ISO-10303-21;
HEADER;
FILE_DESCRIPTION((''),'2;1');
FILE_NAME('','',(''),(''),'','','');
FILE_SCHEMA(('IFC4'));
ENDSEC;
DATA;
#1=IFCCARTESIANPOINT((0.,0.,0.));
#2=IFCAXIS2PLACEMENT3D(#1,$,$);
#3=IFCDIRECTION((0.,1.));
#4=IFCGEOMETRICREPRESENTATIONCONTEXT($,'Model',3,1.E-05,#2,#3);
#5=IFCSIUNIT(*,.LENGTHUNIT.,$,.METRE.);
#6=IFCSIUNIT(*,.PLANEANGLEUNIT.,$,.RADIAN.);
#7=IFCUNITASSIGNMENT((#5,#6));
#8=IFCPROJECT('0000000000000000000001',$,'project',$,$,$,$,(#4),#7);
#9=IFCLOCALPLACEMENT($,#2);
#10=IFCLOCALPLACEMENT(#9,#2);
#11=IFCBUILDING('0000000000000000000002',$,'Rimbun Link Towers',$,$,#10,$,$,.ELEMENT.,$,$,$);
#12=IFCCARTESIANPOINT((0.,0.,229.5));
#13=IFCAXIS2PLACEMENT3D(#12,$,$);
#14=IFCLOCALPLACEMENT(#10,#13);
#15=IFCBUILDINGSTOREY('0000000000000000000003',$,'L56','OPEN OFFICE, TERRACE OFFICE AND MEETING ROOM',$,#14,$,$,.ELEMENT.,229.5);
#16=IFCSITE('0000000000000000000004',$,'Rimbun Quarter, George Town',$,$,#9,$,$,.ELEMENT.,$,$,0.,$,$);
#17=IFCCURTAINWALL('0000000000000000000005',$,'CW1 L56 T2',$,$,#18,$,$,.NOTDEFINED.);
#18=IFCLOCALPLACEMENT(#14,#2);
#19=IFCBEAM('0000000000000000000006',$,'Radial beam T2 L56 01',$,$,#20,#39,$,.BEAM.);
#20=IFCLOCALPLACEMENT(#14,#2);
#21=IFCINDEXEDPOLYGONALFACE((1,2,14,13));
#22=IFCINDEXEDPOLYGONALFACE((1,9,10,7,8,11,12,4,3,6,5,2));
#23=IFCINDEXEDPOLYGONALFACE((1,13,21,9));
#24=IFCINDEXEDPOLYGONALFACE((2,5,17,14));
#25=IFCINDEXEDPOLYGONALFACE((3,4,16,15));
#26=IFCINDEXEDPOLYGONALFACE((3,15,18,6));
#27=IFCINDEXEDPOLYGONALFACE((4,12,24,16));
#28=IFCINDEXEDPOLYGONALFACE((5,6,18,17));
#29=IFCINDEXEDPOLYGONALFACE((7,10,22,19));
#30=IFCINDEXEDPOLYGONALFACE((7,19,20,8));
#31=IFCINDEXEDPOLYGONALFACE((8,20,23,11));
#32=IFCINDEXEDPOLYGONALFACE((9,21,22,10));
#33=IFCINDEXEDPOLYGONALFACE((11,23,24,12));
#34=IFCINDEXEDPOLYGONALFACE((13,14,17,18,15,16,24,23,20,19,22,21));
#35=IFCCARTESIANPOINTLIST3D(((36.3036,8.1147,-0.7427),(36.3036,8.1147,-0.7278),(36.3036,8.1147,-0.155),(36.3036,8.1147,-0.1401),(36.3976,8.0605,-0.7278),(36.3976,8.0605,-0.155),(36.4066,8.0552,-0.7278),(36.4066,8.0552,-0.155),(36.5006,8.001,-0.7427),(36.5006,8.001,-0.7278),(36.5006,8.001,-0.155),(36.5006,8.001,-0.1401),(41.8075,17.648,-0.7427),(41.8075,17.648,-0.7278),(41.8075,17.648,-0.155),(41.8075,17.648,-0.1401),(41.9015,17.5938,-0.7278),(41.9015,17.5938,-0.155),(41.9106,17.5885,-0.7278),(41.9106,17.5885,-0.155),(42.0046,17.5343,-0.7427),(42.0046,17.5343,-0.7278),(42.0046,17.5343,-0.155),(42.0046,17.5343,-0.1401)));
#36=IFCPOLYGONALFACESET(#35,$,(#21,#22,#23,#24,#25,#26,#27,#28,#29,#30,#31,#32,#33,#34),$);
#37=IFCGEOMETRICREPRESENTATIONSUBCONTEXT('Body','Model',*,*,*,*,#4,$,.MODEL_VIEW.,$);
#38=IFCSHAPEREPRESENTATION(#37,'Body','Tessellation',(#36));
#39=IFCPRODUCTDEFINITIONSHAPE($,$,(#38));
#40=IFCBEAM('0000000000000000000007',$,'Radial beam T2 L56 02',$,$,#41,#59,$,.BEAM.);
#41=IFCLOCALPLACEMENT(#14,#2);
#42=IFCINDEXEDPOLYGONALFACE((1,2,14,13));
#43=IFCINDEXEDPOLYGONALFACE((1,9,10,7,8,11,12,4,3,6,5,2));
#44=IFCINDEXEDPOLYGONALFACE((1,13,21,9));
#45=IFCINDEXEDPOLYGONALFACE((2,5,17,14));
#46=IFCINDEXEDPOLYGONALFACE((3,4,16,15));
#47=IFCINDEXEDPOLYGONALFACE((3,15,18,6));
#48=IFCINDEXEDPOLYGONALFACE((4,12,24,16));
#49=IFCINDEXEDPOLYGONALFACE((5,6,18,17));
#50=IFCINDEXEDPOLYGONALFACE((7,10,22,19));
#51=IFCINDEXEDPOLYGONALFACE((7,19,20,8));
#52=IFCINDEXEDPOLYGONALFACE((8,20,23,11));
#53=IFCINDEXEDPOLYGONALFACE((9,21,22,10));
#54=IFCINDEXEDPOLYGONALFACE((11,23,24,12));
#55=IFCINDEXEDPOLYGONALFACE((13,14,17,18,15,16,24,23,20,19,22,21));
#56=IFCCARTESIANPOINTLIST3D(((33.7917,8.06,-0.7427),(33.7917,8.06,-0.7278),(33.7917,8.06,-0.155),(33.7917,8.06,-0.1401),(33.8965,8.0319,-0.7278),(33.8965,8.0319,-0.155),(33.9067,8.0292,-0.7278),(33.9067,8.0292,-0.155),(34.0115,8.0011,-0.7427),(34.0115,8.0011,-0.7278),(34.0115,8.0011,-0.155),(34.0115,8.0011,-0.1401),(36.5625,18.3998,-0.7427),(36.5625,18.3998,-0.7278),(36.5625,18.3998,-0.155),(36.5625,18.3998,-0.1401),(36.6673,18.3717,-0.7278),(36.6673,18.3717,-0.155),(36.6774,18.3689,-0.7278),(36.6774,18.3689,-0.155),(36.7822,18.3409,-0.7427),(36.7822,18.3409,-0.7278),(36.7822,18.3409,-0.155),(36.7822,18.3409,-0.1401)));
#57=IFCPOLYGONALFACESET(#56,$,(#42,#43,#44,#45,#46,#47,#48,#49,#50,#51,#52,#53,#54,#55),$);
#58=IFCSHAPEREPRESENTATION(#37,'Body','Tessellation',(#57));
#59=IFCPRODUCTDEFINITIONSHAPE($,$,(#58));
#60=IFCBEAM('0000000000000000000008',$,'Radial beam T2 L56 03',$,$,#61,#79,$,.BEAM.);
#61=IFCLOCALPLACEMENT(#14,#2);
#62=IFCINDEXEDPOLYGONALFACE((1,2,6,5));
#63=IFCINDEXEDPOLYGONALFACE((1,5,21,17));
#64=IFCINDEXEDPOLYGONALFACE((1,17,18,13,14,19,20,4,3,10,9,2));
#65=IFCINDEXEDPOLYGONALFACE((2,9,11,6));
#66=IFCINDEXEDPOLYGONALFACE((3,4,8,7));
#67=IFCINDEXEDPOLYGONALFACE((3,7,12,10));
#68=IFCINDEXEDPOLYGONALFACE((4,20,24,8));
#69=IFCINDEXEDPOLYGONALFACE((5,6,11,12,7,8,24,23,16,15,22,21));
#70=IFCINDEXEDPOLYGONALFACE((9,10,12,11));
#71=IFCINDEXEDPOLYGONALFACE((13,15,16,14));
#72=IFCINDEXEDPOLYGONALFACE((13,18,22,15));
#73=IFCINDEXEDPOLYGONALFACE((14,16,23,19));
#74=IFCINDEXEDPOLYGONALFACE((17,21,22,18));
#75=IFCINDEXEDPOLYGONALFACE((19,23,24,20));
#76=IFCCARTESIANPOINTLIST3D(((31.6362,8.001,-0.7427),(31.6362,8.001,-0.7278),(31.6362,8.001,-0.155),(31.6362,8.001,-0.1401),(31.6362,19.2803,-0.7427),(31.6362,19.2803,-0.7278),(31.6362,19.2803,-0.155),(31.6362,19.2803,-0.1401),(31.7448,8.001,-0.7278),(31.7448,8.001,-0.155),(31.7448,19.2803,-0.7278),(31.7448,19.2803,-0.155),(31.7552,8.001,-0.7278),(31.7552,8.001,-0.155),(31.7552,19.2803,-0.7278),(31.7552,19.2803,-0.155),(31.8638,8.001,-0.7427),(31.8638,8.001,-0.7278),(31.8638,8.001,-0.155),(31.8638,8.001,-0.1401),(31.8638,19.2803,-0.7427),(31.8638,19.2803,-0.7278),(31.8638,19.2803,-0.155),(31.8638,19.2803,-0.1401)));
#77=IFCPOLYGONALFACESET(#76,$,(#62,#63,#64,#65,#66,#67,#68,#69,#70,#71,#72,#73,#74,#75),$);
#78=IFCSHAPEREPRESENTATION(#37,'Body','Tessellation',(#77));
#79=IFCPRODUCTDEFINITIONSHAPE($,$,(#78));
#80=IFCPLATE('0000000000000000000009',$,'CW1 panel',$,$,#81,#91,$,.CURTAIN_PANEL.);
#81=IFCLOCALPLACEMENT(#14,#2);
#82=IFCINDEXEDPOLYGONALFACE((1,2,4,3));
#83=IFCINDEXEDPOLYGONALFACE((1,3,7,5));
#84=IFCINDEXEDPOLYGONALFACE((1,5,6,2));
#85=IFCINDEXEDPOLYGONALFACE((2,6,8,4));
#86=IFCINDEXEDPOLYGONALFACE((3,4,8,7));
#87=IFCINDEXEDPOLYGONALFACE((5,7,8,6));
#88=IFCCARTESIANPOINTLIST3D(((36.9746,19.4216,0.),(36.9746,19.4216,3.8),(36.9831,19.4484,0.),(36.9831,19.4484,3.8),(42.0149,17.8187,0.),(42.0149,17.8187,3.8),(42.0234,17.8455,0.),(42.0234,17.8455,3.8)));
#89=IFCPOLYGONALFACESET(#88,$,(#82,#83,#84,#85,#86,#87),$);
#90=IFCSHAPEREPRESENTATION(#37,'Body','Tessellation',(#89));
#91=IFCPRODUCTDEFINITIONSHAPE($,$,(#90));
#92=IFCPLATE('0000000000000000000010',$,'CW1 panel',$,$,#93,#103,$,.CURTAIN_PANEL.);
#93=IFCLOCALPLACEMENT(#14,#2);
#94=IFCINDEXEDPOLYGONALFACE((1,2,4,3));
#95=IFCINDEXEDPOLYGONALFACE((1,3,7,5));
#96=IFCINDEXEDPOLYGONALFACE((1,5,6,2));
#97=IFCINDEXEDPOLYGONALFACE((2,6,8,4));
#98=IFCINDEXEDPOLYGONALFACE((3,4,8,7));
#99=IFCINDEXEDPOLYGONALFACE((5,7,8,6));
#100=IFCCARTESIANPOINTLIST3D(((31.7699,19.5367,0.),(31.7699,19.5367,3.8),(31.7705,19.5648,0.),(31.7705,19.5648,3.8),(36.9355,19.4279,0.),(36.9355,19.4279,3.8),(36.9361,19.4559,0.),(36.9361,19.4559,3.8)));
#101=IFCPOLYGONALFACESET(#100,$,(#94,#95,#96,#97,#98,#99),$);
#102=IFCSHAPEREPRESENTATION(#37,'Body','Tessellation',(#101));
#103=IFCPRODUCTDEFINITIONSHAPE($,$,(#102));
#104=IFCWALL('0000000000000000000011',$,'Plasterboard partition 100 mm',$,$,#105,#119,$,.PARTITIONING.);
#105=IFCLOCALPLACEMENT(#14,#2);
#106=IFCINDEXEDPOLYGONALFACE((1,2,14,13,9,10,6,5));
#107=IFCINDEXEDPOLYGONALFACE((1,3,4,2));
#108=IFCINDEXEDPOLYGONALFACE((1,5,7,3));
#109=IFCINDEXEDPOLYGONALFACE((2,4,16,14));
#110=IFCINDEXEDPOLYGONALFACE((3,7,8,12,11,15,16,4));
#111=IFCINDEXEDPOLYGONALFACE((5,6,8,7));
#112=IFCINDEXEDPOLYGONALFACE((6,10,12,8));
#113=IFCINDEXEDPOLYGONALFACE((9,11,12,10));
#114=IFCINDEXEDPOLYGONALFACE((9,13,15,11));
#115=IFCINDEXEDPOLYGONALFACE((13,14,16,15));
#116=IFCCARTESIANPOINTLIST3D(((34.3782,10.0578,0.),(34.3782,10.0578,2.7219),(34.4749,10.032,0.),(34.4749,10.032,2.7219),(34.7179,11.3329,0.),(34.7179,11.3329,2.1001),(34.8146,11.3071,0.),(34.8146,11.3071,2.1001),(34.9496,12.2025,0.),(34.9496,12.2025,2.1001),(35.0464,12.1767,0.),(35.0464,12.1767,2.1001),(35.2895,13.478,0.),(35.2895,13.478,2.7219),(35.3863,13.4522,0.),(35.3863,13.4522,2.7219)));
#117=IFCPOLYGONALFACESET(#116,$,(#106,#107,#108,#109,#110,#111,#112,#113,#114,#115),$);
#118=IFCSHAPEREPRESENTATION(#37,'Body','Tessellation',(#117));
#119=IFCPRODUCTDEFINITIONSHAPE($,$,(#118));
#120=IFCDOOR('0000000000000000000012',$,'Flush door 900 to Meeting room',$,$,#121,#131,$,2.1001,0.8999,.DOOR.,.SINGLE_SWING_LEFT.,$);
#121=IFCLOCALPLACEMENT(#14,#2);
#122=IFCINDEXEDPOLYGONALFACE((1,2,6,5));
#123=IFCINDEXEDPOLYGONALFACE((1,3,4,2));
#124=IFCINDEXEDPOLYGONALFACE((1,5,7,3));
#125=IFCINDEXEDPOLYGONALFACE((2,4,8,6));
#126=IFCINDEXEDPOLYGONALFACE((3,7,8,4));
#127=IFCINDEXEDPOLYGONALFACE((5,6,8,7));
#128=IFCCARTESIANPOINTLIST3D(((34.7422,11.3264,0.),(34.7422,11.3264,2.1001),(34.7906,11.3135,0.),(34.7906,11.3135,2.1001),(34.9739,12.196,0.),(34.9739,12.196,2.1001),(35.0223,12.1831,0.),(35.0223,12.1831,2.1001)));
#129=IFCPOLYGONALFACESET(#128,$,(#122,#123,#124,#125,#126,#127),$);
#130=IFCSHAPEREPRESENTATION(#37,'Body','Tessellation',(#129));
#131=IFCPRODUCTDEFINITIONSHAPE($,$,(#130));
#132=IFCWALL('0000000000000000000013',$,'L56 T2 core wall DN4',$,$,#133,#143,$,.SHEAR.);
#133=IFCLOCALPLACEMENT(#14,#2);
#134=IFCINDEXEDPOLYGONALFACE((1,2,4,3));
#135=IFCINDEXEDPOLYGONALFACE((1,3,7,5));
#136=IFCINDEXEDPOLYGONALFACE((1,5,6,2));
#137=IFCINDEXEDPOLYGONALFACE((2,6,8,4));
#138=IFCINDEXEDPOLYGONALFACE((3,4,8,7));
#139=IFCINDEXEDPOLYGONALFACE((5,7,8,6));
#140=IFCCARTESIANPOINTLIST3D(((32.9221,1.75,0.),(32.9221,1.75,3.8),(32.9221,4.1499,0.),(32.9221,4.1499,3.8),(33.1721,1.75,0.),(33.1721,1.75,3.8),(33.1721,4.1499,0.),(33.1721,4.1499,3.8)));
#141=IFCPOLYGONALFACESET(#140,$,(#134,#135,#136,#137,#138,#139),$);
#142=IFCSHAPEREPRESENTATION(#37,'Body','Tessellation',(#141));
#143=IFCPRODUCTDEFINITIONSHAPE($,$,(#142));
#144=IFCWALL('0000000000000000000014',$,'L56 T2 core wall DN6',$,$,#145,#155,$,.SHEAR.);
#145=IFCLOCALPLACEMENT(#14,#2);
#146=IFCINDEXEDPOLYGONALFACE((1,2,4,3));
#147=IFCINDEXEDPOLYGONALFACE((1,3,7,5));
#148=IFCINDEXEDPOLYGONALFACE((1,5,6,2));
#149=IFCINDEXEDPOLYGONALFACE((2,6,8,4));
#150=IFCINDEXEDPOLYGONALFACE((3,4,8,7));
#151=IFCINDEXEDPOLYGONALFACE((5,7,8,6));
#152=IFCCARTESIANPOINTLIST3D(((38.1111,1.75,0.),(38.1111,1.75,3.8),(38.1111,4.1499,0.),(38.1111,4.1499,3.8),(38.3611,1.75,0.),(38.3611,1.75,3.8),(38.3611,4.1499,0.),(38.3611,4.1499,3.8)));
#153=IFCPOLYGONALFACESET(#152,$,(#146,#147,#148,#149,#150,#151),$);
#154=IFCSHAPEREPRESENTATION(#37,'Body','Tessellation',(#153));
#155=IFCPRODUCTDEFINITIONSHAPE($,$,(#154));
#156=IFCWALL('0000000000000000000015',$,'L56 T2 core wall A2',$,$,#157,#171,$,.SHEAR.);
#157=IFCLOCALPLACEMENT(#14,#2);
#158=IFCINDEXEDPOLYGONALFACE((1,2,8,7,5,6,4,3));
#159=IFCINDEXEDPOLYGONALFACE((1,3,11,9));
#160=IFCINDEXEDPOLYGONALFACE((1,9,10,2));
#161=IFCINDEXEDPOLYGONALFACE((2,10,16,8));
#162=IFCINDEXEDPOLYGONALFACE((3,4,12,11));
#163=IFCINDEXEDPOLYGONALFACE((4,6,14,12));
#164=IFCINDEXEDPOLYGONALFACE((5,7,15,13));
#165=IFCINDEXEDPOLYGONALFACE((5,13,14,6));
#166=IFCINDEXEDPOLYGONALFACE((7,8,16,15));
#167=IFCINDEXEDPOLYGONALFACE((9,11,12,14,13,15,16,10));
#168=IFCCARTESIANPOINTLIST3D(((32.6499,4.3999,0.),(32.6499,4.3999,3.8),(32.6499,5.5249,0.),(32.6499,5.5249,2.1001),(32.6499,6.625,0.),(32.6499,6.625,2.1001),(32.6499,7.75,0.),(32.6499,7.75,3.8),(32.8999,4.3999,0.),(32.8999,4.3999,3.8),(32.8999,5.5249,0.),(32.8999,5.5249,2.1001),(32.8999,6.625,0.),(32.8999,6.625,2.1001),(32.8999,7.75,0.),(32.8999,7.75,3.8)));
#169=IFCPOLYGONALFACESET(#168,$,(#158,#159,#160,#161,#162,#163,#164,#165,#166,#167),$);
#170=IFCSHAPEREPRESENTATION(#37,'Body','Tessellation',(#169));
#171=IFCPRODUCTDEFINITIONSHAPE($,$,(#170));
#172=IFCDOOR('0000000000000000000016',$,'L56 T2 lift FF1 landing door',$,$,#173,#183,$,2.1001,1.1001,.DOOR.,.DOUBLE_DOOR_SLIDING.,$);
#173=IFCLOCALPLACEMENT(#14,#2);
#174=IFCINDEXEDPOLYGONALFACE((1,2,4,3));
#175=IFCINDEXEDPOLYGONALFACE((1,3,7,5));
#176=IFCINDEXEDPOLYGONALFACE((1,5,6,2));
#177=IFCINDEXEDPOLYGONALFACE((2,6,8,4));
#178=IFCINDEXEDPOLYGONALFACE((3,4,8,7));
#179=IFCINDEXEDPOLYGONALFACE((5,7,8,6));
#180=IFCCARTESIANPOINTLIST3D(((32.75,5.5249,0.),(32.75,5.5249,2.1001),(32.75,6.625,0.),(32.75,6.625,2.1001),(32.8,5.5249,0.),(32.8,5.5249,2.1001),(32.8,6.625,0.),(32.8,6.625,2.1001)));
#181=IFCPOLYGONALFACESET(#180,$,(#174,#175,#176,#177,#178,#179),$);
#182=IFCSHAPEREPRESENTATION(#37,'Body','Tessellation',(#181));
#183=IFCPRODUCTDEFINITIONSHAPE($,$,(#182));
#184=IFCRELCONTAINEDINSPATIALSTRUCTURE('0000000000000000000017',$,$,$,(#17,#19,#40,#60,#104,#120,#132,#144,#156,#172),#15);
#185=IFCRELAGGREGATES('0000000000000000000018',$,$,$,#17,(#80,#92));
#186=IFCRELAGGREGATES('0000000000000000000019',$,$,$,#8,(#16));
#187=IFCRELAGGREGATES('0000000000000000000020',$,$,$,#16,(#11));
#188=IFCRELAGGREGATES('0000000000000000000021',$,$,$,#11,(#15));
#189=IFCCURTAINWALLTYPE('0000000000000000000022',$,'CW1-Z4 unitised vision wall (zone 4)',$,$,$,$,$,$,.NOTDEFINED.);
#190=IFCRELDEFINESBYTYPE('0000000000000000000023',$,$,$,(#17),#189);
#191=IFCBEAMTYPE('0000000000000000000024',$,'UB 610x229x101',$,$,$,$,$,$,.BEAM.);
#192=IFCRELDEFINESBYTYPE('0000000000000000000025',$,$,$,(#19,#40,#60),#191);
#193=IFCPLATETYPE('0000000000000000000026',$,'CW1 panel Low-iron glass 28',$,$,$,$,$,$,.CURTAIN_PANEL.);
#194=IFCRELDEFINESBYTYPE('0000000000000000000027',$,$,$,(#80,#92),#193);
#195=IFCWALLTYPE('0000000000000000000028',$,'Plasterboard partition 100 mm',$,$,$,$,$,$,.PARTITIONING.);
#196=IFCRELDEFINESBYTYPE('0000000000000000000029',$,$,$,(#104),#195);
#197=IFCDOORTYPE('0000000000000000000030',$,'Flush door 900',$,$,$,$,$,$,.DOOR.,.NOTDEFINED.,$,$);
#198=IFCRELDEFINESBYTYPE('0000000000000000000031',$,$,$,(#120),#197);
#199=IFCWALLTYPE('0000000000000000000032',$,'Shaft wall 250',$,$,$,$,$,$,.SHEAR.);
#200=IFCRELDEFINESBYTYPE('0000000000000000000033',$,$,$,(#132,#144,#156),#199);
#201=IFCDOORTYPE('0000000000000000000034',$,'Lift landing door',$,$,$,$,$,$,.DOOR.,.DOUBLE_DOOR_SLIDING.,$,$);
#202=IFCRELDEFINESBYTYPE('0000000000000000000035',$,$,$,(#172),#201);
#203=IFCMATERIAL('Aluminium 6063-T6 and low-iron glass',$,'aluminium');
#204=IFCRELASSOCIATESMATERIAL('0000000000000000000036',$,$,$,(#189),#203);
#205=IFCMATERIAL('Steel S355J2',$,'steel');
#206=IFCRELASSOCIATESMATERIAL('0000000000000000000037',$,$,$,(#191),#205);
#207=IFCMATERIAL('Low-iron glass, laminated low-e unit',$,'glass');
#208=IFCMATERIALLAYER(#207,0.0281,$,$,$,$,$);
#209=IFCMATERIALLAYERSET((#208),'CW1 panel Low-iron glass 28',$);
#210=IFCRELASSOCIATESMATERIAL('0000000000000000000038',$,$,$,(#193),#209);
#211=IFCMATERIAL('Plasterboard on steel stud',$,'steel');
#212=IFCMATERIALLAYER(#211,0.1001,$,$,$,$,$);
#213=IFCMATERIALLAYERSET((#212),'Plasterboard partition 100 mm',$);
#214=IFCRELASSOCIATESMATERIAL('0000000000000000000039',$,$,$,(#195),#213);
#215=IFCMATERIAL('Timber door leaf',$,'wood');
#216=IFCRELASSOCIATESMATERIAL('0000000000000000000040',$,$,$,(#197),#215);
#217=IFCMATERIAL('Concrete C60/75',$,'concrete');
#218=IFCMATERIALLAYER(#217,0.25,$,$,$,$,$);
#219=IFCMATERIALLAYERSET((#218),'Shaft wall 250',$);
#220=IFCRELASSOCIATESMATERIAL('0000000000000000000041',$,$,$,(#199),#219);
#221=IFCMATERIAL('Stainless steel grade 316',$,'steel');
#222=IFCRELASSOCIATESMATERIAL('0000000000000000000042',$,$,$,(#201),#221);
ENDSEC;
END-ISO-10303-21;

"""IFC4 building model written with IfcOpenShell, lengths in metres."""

from ifc_helpers import new_model, si_unit, direction, frame, frame_2d, origin, origin_2d, place, context, subcontext, project, spatial, rectangle, i_section, extrude, material, layer, layer_set, material_profile, profile_set, type_object, element, fill, aggregate, save


model = new_model("IFC4")

# Units and contexts
model_context = context("Model", 3, precision=1e-05, world=origin(), true_north=direction((0.0, 1.0)))
body_context = subcontext(model_context, "Body", "Model", "MODEL_VIEW")
ifc_project = project(units=[si_unit("LENGTHUNIT", "METRE"), si_unit("PLANEANGLEUNIT", "RADIAN")], contexts=[model_context])

# Site, building, storey
site_placement = place(None, origin())
site = spatial("IfcSite", under=ifc_project, at=site_placement, Name="Rimbun Quarter, George Town", CompositionType="ELEMENT", RefElevation=0.0)
building_placement = place(site_placement, origin())
building = spatial("IfcBuilding", under=site, at=building_placement, Name="Rimbun Link Towers", CompositionType="ELEMENT")
storey_placement = place(building_placement, frame((0.0, 0.0, 229.5)))
storey = spatial("IfcBuildingStorey", under=building, at=storey_placement, Name="L56", Description="OPEN OFFICE, TERRACE OFFICE AND MEETING ROOM", CompositionType="ELEMENT", Elevation=229.5)

# Curtain wall
ifc_material_1 = material(Name="Aluminium 6063-T6 and low-iron glass", Category="aluminium")
curtain_wall_type = type_object("IfcCurtainWallType", Name="CW1-Z4 unitised vision wall (zone 4)", PredefinedType="NOTDEFINED", material=ifc_material_1)
curtain_wall_placement = place(storey_placement, origin())
curtain_wall = element("IfcCurtainWall", 1, at=curtain_wall_placement, inside=storey, type_object=curtain_wall_type, Name="CW1 L56 T2", PredefinedType="NOTDEFINED")

# Beams
ifc_material_2 = material(Name="Steel S355J2", Category="steel")
ifc_material_profile_1 = material_profile(ifc_material_2, i_section(OverallWidth=0.2275, OverallDepth=0.6025, WebThickness=0.0105, FlangeThickness=0.0149, at=origin_2d()), Name="UB 610x229x101")
ifc_profile_set_1 = profile_set([ifc_material_profile_1], Name="Steel S355J2")
beam_type_1 = type_object("IfcBeamType", Name="UB 610x229x101", PredefinedType="BEAM", material=ifc_profile_set_1)
beam_1_placement = place(storey_placement, frame((36.4021, 8.0579, -0.4414), z_axis=(0.499994, 0.866029, 0.0), x_axis=(-0.866029, 0.499994, 0.0)))
element("IfcBeam", 2, at=beam_1_placement, inside=storey, type_object=beam_type_1, Name="Radial beam T2 L56 01", PredefinedType="BEAM", context=body_context, shape_type="SweptSolid", body=[
    extrude(i_section(OverallWidth=0.2275, OverallDepth=0.6025, WebThickness=0.0105, FlangeThickness=0.0149, at=origin_2d()), origin(), (0.0, 0.0, 1.0), 11.0081),
])
beam_2_placement = place(storey_placement, frame((33.9016, 8.0305, -0.4414), z_axis=(0.258836, 0.965921, 0.0), x_axis=(-0.965921, 0.258836, 0.0)))
element("IfcBeam", 3, at=beam_2_placement, inside=storey, type_object=beam_type_1, Name="Radial beam T2 L56 02", PredefinedType="BEAM", context=body_context, shape_type="SweptSolid", body=[
    extrude(i_section(OverallWidth=0.2275, OverallDepth=0.6025, WebThickness=0.0105, FlangeThickness=0.0149, at=origin_2d()), origin(), (0.0, 0.0, 1.0), 10.7046),
])
beam_3_placement = place(storey_placement, frame((31.75, 8.001, -0.4414), z_axis=(0.0, 1.0, 0.0), x_axis=(-1.0, 0.0, 0.0)))
element("IfcBeam", 4, at=beam_3_placement, inside=storey, type_object=beam_type_1, Name="Radial beam T2 L56 03", PredefinedType="BEAM", context=body_context, shape_type="SweptSolid", body=[
    extrude(i_section(OverallWidth=0.2275, OverallDepth=0.6025, WebThickness=0.0105, FlangeThickness=0.0149, at=origin_2d()), origin(), (0.0, 0.0, 1.0), 11.2793),
])

# Plates
ifc_material_3 = material(Name="Low-iron glass, laminated low-e unit", Category="glass")
ifc_layer_1 = layer(ifc_material_3, 0.0281)
ifc_layer_set_1 = layer_set([ifc_layer_1], Name="CW1 panel Low-iron glass 28")
plate_type = type_object("IfcPlateType", Name="CW1 panel Low-iron glass 28", PredefinedType="CURTAIN_PANEL", material=ifc_layer_set_1)
plate_1_placement = place(storey_placement, frame((39.499, 18.6335, 0.0), z_axis=(0.0, 0.0, 1.0), x_axis=(0.952974, -0.303053, 0.0)))
plate_1 = element("IfcPlate", 5, at=plate_1_placement, type_object=plate_type, Name="CW1 panel", PredefinedType="CURTAIN_PANEL", context=body_context, shape_type="SweptSolid", body=[
    extrude(rectangle(XDim=5.2891, YDim=0.0281, at=origin_2d()), origin(), (0.0, 0.0, 1.0), 3.8),
])
plate_2_placement = place(storey_placement, frame((34.353, 19.4963, 0.0), z_axis=(0.0, 0.0, 1.0), x_axis=(0.999778, -0.021069, 0.0)))
plate_2 = element("IfcPlate", 6, at=plate_2_placement, type_object=plate_type, Name="CW1 panel", PredefinedType="CURTAIN_PANEL", context=body_context, shape_type="SweptSolid", body=[
    extrude(rectangle(XDim=5.1667, YDim=0.0281, at=origin_2d()), origin(), (0.0, 0.0, 1.0), 3.8),
])
aggregate(curtain_wall, [plate_1, plate_2])

# Wall, opening, door
ifc_material_4 = material(Name="Plasterboard on steel stud", Category="steel")
ifc_layer_2 = layer(ifc_material_4, 0.1001)
ifc_layer_set_2 = layer_set([ifc_layer_2], Name="Plasterboard partition 100 mm")
wall_type_1 = type_object("IfcWallType", Name="Plasterboard partition 100 mm", PredefinedType="PARTITIONING", material=ifc_layer_set_2)
wall_1_placement = place(storey_placement, frame((34.4265, 10.0449, 0.0), z_axis=(0.0, 0.0, 1.0), x_axis=(0.257487, 0.966282, 0.0)))
wall_1 = element("IfcWall", 7, at=wall_1_placement, inside=storey, type_object=wall_type_1, Name="Plasterboard partition 100 mm", PredefinedType="PARTITIONING", context=body_context, shape_type="SweptSolid", body=[
    extrude(rectangle(XDim=3.5396, YDim=0.1001, at=frame_2d((1.7698, 0.0))), origin(), (0.0, 0.0, 1.0), 2.7219),
])
opening_1_placement = place(wall_1_placement, frame((1.3196, 0.0, 0.0)))
opening_1 = element("IfcOpeningElement", 8, at=opening_1_placement, cuts=wall_1, PredefinedType="OPENING", context=body_context, shape_type="SweptSolid", body=[
    extrude(rectangle(XDim=0.8999, YDim=2.1001, at=frame_2d((0.45, 1.05))), frame((0.0, 0.0601, 0.0), z_axis=(0.0, -1.0, 0.0), x_axis=(1.0, 0.0, 0.0)), (0.0, 0.0, 1.0), 0.1201),
])
ifc_material_5 = material(Name="Timber door leaf", Category="wood")
door_type_1 = type_object("IfcDoorType", Name="Flush door 900", OperationType="NOTDEFINED", PredefinedType="DOOR", material=ifc_material_5)
door_1_placement = place(opening_1_placement, origin())
door_1 = element("IfcDoor", 9, at=door_1_placement, inside=storey, type_object=door_type_1, Name="Flush door 900 to Meeting room", OperationType="SINGLE_SWING_LEFT", OverallHeight=2.1001, OverallWidth=0.8999, PredefinedType="DOOR", context=body_context, shape_type="SweptSolid", body=[
    extrude(rectangle(XDim=0.8999, YDim=2.1001, at=frame_2d((0.45, 1.05))), frame((0.0, 0.0249, 0.0), z_axis=(0.0, -1.0, 0.0), x_axis=(1.0, 0.0, 0.0)), (0.0, 0.0, 1.0), 0.05),
])
fill(opening_1, door_1)

# Walls
ifc_material_6 = material(Name="Concrete C60/75", Category="concrete")
ifc_layer_3 = layer(ifc_material_6, 0.25)
ifc_layer_set_3 = layer_set([ifc_layer_3], Name="Shaft wall 250")
wall_type_2 = type_object("IfcWallType", Name="Shaft wall 250", PredefinedType="SHEAR", material=ifc_layer_set_3)
for number, where, z_axis, x_axis, name in (
    (10, (33.0471, 1.75, 0.0), (0.0, 0.0, 1.0), (0.0, 1.0, 0.0), "L56 T2 core wall DN4"),
    (11, (38.2361, 1.75, 0.0), (0.0, 0.0, 1.0), (0.0, 1.0, 0.0), "L56 T2 core wall DN6"),
):
    element("IfcWall", number, at=place(storey_placement, frame(where, z_axis=z_axis, x_axis=x_axis)), inside=storey, type_object=wall_type_2, Name=name, PredefinedType="SHEAR", context=body_context, shape_type="SweptSolid", body=[
        extrude(rectangle(XDim=2.3999, YDim=0.25, at=frame_2d((1.2, 0.0))), origin(), (0.0, 0.0, 1.0), 3.8),
    ])

# Wall, opening, door
wall_2_placement = place(storey_placement, frame((32.7749, 4.3999, 0.0), z_axis=(0.0, 0.0, 1.0), x_axis=(0.0, 1.0, 0.0)))
wall_2 = element("IfcWall", 12, at=wall_2_placement, inside=storey, type_object=wall_type_2, Name="L56 T2 core wall A2", PredefinedType="SHEAR", context=body_context, shape_type="SweptSolid", body=[
    extrude(rectangle(XDim=3.3501, YDim=0.25, at=frame_2d((1.675, 0.0))), origin(), (0.0, 0.0, 1.0), 3.8),
])
opening_2_placement = place(wall_2_placement, frame((1.125, 0.0, 0.0)))
opening_2 = element("IfcOpeningElement", 13, at=opening_2_placement, cuts=wall_2, PredefinedType="OPENING", context=body_context, shape_type="SweptSolid", body=[
    extrude(rectangle(XDim=1.1001, YDim=2.1001, at=frame_2d((0.55, 1.05))), frame((0.0, 0.135, 0.0), z_axis=(0.0, -1.0, 0.0), x_axis=(1.0, 0.0, 0.0)), (0.0, 0.0, 1.0), 0.27),
])
ifc_material_7 = material(Name="Stainless steel grade 316", Category="steel")
door_type_2 = type_object("IfcDoorType", Name="Lift landing door", OperationType="DOUBLE_DOOR_SLIDING", PredefinedType="DOOR", material=ifc_material_7)
door_2_placement = place(opening_2_placement, origin())
door_2 = element("IfcDoor", 14, at=door_2_placement, inside=storey, type_object=door_type_2, Name="L56 T2 lift FF1 landing door", OperationType="DOUBLE_DOOR_SLIDING", OverallHeight=2.1001, OverallWidth=1.1001, PredefinedType="DOOR", context=body_context, shape_type="SweptSolid", body=[
    extrude(rectangle(XDim=1.1001, YDim=2.1001, at=frame_2d((0.55, 1.05))), frame((0.0, 0.0249, 0.0), z_axis=(0.0, -1.0, 0.0), x_axis=(1.0, 0.0, 0.0)), (0.0, 0.0, 1.0), 0.05),
])
fill(opening_2, door_2)

save(model, "model.ifc")
